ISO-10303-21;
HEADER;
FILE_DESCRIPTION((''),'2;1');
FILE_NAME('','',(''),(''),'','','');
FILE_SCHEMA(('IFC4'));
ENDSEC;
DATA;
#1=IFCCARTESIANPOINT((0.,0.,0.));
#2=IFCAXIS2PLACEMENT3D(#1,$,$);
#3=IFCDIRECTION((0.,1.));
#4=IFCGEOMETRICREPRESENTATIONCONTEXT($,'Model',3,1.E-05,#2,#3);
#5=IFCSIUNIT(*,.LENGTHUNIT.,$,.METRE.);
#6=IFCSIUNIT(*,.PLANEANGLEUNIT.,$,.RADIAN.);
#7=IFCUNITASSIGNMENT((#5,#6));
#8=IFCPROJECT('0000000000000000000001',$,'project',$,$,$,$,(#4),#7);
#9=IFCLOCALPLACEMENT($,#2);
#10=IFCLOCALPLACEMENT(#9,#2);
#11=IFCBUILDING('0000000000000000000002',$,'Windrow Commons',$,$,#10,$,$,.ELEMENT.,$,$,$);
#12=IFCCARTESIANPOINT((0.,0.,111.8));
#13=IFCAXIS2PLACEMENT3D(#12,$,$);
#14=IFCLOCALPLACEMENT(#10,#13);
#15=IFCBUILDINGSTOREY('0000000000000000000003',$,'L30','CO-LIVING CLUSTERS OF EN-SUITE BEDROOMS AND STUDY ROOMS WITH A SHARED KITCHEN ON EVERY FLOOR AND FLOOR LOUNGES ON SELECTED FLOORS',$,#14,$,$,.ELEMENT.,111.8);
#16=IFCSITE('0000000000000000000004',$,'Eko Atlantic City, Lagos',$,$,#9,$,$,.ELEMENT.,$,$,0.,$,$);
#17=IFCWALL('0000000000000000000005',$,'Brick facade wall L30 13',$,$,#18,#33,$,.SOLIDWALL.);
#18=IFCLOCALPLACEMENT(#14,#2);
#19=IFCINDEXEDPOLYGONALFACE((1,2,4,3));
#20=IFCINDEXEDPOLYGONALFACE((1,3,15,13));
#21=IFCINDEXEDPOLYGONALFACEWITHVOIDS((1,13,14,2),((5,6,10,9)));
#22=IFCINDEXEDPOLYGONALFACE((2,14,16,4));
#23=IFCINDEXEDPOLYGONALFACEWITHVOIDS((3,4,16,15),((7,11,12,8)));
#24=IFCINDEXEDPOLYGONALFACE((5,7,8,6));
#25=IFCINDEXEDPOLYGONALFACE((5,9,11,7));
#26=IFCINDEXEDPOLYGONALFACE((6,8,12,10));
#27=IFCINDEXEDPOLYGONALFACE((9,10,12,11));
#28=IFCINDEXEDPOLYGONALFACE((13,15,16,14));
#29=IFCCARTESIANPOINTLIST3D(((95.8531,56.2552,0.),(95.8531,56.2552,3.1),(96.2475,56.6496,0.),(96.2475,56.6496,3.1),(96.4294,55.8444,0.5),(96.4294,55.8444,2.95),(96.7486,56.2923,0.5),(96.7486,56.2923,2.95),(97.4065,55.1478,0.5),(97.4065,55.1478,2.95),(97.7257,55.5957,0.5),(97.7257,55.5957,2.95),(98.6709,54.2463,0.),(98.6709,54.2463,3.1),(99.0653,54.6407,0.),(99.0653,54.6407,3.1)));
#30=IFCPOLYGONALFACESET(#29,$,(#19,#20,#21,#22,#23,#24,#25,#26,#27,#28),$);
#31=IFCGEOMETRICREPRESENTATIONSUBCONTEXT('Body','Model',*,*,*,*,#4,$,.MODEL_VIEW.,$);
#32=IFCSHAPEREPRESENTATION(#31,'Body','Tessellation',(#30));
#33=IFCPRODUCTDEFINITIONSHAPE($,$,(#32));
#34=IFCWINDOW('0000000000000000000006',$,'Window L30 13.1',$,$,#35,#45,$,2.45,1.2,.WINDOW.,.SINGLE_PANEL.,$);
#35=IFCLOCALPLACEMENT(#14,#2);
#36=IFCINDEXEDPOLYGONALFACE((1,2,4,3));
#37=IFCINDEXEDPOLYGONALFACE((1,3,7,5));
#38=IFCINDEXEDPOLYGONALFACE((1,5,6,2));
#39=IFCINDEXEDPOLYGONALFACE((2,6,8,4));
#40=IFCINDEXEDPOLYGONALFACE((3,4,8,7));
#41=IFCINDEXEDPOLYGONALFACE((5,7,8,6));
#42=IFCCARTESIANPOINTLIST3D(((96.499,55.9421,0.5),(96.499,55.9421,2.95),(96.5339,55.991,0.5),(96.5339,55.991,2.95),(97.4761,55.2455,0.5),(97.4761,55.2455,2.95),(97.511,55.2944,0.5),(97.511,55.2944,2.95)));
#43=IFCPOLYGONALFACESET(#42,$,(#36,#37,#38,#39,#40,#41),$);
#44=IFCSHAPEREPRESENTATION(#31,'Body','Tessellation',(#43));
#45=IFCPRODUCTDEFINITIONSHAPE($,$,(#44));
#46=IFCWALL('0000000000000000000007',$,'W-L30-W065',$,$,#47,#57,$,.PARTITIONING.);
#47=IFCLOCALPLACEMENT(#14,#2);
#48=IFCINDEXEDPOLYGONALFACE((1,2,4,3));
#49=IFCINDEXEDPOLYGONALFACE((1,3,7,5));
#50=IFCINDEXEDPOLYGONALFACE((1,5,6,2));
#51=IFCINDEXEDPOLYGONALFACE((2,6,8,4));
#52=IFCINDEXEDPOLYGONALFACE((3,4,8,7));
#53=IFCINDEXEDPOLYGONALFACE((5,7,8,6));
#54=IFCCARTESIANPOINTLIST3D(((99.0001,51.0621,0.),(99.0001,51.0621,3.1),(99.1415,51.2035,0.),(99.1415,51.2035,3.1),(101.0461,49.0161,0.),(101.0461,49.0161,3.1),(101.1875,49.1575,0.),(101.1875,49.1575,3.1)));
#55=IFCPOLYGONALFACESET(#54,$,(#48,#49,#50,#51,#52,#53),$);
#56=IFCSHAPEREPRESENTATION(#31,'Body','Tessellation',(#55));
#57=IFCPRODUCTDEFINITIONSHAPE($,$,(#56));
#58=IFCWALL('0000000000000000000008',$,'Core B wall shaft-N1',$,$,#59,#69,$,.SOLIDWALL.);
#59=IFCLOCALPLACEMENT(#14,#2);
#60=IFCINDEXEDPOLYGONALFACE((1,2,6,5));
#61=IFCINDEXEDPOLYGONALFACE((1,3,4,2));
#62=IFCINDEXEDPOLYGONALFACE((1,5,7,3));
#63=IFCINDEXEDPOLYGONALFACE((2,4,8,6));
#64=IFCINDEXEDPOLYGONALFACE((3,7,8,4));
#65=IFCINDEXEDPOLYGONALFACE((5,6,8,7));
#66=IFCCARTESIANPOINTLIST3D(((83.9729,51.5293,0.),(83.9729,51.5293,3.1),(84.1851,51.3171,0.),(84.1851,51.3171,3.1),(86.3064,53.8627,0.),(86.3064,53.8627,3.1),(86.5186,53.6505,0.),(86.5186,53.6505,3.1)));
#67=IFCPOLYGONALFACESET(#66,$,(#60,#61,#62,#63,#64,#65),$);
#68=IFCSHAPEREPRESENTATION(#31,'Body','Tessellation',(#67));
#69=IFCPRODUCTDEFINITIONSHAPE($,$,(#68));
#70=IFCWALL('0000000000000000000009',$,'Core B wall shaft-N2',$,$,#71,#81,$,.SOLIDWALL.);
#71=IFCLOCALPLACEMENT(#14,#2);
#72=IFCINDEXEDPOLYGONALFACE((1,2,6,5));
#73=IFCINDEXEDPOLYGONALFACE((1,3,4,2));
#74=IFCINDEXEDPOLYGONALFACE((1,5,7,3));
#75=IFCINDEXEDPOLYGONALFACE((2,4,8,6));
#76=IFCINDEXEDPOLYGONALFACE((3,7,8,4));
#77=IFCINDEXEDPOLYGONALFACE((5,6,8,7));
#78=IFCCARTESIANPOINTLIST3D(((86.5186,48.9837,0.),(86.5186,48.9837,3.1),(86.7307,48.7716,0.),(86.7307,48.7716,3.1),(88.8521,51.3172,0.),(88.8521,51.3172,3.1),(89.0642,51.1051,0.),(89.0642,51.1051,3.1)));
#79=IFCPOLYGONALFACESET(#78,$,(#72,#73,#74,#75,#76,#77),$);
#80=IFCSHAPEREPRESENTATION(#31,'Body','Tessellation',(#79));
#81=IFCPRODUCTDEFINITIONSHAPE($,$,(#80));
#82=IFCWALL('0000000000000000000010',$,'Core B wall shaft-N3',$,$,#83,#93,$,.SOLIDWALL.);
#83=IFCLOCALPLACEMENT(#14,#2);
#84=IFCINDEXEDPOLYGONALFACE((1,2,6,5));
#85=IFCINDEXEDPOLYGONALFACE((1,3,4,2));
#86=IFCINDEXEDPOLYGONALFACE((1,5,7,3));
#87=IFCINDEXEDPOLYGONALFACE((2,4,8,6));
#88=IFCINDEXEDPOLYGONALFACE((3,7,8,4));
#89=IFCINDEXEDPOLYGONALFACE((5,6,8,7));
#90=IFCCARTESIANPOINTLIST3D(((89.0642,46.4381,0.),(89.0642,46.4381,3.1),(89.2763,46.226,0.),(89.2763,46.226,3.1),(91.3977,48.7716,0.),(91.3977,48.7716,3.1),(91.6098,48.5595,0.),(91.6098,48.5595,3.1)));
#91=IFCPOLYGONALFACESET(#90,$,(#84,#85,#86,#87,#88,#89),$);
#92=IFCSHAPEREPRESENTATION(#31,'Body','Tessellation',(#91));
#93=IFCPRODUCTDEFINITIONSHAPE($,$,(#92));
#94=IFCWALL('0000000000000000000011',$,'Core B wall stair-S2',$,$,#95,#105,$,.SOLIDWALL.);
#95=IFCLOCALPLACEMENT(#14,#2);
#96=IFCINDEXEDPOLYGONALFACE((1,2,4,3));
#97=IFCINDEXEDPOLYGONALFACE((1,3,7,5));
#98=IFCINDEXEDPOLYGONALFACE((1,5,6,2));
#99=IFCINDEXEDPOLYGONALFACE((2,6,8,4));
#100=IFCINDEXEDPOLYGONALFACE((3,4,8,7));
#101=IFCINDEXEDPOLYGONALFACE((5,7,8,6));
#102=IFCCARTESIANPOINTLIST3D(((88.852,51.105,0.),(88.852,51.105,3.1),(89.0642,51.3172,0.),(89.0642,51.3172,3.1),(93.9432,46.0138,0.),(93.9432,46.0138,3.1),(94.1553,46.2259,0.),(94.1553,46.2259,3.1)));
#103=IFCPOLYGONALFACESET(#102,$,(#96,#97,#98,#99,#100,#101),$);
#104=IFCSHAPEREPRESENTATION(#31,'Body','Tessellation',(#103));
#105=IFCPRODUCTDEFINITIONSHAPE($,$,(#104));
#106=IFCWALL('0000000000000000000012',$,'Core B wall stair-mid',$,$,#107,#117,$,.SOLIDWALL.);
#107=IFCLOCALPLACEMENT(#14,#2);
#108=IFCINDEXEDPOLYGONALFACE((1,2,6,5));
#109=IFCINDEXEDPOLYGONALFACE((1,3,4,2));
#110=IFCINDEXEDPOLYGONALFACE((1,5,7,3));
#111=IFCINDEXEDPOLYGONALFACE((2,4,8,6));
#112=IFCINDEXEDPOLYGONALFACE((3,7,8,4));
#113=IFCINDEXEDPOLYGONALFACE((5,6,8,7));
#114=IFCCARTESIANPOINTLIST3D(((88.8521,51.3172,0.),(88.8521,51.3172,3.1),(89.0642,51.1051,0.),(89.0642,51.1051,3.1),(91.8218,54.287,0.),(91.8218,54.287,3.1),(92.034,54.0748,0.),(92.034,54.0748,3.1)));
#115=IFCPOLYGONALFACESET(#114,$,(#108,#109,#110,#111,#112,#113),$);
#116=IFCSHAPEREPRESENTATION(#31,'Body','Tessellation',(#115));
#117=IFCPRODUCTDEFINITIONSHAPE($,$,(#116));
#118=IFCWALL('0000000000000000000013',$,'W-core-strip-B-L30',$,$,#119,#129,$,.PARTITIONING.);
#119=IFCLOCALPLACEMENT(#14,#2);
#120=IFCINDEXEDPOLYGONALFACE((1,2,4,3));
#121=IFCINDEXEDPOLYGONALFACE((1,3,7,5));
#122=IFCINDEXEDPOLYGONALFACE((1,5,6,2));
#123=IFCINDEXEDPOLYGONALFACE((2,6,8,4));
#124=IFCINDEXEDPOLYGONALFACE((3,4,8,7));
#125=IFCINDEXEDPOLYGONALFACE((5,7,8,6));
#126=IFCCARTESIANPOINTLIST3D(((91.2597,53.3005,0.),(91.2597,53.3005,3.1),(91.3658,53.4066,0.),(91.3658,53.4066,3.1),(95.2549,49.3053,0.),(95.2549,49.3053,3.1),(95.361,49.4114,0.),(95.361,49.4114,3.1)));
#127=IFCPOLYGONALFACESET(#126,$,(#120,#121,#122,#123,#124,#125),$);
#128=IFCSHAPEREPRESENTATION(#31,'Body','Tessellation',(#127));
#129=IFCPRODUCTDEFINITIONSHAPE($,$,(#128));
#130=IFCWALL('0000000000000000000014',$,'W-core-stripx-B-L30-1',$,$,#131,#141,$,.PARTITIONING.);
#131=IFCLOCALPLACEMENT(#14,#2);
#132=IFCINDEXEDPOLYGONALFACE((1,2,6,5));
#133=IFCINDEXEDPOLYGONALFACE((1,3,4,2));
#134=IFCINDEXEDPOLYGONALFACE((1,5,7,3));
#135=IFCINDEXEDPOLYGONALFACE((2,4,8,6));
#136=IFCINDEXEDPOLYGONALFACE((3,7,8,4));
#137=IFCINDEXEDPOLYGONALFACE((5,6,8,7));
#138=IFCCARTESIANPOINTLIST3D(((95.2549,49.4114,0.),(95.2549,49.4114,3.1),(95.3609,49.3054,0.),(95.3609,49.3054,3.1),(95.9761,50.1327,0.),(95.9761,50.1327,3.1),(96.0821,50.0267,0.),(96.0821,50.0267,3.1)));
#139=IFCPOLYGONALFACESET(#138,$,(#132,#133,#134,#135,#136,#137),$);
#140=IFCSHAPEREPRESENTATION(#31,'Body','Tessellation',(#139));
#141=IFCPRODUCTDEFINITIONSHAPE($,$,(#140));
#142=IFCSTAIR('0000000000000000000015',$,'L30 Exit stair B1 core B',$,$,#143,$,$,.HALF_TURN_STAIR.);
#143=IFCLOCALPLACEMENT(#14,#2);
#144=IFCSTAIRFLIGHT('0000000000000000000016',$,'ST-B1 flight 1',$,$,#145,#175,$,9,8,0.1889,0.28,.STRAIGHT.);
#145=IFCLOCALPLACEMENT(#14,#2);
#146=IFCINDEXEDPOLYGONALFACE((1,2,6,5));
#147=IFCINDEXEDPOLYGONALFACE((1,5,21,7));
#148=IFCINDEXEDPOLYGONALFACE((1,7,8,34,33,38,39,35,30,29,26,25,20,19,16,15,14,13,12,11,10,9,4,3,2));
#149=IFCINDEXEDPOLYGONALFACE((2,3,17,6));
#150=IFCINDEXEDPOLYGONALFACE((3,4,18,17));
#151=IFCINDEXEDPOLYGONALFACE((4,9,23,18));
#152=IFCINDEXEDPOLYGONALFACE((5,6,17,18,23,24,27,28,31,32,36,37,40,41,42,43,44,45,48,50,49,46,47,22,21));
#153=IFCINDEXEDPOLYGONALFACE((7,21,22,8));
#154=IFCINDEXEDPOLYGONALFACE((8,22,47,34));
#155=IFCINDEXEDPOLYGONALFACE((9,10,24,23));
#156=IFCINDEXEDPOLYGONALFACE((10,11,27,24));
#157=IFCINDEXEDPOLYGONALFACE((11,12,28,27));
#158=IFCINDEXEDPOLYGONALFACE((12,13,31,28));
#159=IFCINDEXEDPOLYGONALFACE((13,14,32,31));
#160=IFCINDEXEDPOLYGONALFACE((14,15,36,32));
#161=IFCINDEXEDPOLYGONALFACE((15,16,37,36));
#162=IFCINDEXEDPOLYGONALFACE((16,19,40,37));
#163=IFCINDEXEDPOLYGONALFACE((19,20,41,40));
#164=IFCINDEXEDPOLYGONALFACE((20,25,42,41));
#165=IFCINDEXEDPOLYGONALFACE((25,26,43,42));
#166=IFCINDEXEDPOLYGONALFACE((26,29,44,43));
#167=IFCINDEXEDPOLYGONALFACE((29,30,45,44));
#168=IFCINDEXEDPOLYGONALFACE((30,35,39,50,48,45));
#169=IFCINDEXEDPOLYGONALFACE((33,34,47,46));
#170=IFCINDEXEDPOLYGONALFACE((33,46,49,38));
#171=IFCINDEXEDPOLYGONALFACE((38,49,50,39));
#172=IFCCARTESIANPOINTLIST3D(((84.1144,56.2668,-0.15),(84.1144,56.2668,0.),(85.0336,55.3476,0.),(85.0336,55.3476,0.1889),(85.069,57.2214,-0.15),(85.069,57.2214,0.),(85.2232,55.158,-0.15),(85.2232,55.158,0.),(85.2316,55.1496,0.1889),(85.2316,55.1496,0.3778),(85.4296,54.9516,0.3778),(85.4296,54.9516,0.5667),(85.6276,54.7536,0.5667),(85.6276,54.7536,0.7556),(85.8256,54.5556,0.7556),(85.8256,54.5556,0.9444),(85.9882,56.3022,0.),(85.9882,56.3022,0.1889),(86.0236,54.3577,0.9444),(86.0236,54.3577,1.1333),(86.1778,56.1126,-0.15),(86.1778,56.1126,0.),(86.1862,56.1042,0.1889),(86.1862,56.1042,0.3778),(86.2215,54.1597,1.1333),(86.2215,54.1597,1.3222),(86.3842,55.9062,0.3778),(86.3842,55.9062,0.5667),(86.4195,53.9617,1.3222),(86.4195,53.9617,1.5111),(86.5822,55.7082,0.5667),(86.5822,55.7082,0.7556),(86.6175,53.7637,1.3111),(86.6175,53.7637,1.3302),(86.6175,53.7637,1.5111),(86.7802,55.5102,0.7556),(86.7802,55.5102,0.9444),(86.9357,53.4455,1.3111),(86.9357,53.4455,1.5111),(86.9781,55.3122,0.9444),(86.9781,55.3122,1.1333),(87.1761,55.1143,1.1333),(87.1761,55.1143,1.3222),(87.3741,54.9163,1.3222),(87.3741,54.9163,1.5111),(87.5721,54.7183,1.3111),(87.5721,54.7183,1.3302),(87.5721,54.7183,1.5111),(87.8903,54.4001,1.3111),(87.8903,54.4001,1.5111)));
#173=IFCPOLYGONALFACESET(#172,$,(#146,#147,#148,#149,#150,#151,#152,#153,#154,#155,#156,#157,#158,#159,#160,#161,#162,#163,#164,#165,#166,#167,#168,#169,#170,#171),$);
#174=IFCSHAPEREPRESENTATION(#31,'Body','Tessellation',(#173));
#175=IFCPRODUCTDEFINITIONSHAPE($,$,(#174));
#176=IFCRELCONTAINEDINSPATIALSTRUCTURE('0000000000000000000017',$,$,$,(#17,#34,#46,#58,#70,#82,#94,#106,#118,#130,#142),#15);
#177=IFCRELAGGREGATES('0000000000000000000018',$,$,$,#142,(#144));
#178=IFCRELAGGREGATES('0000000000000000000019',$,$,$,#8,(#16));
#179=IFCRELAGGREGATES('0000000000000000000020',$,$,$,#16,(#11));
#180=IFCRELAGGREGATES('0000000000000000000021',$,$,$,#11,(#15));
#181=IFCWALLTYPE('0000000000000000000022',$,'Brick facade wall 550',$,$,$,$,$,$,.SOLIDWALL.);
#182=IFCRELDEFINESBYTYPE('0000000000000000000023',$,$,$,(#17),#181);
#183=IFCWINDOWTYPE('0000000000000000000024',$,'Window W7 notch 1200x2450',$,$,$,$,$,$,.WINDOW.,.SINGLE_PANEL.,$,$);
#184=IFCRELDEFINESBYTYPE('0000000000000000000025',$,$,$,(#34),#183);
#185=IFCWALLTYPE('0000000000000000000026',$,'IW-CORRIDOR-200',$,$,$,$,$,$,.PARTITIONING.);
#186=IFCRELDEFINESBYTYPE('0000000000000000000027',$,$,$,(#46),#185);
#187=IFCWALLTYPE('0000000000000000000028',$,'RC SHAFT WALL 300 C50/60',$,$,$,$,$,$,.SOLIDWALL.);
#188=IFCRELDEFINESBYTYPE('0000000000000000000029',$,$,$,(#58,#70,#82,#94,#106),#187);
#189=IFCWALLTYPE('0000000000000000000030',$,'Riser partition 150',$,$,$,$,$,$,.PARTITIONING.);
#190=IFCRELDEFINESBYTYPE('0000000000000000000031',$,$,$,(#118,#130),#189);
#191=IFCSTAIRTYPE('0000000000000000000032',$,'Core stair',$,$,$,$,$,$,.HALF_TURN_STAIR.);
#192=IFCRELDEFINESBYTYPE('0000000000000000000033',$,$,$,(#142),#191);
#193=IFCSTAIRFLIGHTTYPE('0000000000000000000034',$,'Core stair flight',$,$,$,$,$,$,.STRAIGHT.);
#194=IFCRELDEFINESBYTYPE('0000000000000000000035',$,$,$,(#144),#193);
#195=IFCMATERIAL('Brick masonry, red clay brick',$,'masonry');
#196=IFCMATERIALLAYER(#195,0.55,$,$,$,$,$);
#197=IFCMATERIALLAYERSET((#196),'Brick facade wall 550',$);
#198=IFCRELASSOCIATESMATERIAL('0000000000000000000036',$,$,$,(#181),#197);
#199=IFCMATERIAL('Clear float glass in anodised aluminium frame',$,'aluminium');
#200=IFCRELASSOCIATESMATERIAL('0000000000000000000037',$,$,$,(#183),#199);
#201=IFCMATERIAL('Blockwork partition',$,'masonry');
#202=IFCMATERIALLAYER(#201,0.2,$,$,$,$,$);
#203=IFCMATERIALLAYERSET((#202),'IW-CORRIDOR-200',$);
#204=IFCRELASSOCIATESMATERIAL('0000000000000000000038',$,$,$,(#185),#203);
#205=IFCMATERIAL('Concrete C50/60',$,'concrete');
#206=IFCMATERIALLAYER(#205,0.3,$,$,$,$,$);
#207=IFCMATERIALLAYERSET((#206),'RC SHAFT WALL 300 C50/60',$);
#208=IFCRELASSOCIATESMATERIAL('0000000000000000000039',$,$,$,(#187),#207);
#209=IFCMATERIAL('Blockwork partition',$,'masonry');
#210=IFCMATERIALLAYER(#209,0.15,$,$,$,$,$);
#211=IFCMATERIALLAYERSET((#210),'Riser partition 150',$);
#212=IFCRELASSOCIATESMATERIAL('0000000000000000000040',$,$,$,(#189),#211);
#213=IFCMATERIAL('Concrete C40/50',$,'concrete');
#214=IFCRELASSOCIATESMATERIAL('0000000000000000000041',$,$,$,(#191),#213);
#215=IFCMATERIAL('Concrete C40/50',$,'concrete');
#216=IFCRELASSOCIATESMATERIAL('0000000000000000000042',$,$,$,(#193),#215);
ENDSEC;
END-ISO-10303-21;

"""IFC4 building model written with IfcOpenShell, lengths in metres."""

from ifc_helpers import new_model, si_unit, direction, frame, frame_2d, origin, place, context, subcontext, project, spatial, polyline, rectangle, outline, extrude, material, layer, layer_set, type_object, element, fill, aggregate, save


model = new_model("IFC4")

# Units and contexts
model_context = context("Model", 3, precision=1e-05, world=origin(), true_north=direction((0.0, 1.0)))
body_context = subcontext(model_context, "Body", "Model", "MODEL_VIEW")
ifc_project = project(units=[si_unit("LENGTHUNIT", "METRE"), si_unit("PLANEANGLEUNIT", "RADIAN")], contexts=[model_context])

# Site, building, storey
site_placement = place(None, origin())
site = spatial("IfcSite", under=ifc_project, at=site_placement, Name="Eko Atlantic City, Lagos", CompositionType="ELEMENT", RefElevation=0.0)
building_placement = place(site_placement, origin())
building = spatial("IfcBuilding", under=site, at=building_placement, Name="Windrow Commons", CompositionType="ELEMENT")
storey_placement = place(building_placement, frame((0.0, 0.0, 111.8)))
storey = spatial("IfcBuildingStorey", under=building, at=storey_placement, Name="L30", Description="CO-LIVING CLUSTERS OF EN-SUITE BEDROOMS AND STUDY ROOMS WITH A SHARED KITCHEN ON EVERY FLOOR AND FLOOR LOUNGES ON SELECTED FLOORS", CompositionType="ELEMENT", Elevation=111.8)

# Wall, opening, window
ifc_material_1 = material(Name="Brick masonry, red clay brick", Category="masonry")
ifc_layer_1 = layer(ifc_material_1, 0.55)
ifc_layer_set_1 = layer_set([ifc_layer_1], Name="Brick facade wall 550")
wall_type_1 = type_object("IfcWallType", Name="Brick facade wall 550", PredefinedType="SOLIDWALL", material=ifc_layer_set_1)
ifc_material_2 = material(Name="Clear float glass in anodised aluminium frame", Category="aluminium")
window_type = type_object("IfcWindowType", Name="Window W7 notch 1200x2450", PartitioningType="SINGLE_PANEL", PredefinedType="WINDOW", material=ifc_material_2)
wall_1_placement = place(storey_placement, frame((98.8681, 54.4435, 0.0), z_axis=(0.0, 0.0, 1.0), x_axis=(-0.814254, 0.580508, 0.0)))
wall_1 = element("IfcWall", 1, at=wall_1_placement, inside=storey, type_object=wall_type_1, Name="Brick facade wall L30 13", PredefinedType="SOLIDWALL", context=body_context, shape_type="SweptSolid", body=[
    extrude(outline(polyline([(-0.0461, -0.275), (3.4145, -0.275), (3.5067, 0.275), (0.0461, 0.275), (-0.0461, -0.275)])), origin(), (0.0, 0.0, 1.0), 3.1),
])
opening_1_placement = place(wall_1_placement, frame((1.599, 0.0, 0.5)))
opening_1 = element("IfcOpeningElement", 2, at=opening_1_placement, cuts=wall_1, PredefinedType="OPENING", context=body_context, shape_type="SweptSolid", body=[
    extrude(rectangle(XDim=1.2, YDim=2.45, at=frame_2d((0.6, 1.225))), frame((0.0, 0.285, 0.0), z_axis=(0.0, -1.0, 0.0), x_axis=(1.0, 0.0, 0.0)), (0.0, 0.0, 1.0), 0.57),
])
window_1_placement = place(opening_1_placement, origin())
window_1 = element("IfcWindow", 3, at=window_1_placement, inside=storey, type_object=window_type, Name="Window L30 13.1", OverallHeight=2.45, OverallWidth=1.2, PartitioningType="SINGLE_PANEL", PredefinedType="WINDOW", context=body_context, shape_type="SweptSolid", body=[
    extrude(rectangle(XDim=1.2, YDim=2.45, at=frame_2d((0.6, 1.225))), frame((0.0, 0.155, 0.0), z_axis=(0.0, -1.0, 0.0), x_axis=(1.0, 0.0, 0.0)), (0.0, 0.0, 1.0), 0.06),
])
fill(opening_1, window_1)

# Walls
ifc_material_3 = material(Name="Blockwork partition", Category="masonry")
ifc_layer_2 = layer(ifc_material_3, 0.2)
ifc_layer_set_2 = layer_set([ifc_layer_2], Name="IW-CORRIDOR-200")
wall_type_2 = type_object("IfcWallType", Name="IW-CORRIDOR-200", PredefinedType="PARTITIONING", material=ifc_layer_set_2)
wall_2_placement = place(storey_placement, frame((99.0708, 51.1328, 0.0), z_axis=(0.0, 0.0, 1.0), x_axis=(0.707107, -0.707107, 0.0)))
element("IfcWall", 4, at=wall_2_placement, inside=storey, type_object=wall_type_2, Name="W-L30-W065", PredefinedType="PARTITIONING", context=body_context, shape_type="SweptSolid", body=[
    extrude(rectangle(XDim=2.8935, YDim=0.2, at=frame_2d((1.4467, 0.0))), origin(), (0.0, 0.0, 1.0), 3.1),
])
ifc_material_4 = material(Name="Concrete C50/60", Category="concrete")
ifc_layer_3 = layer(ifc_material_4, 0.3)
ifc_layer_set_3 = layer_set([ifc_layer_3], Name="RC SHAFT WALL 300 C50/60")
wall_type_3 = type_object("IfcWallType", Name="RC SHAFT WALL 300 C50/60", PredefinedType="SOLIDWALL", material=ifc_layer_set_3)
wall_3_placement = place(storey_placement, frame((84.079, 51.4232, 0.0), z_axis=(0.0, 0.0, 1.0), x_axis=(0.707122, 0.707092, 0.0)))
element("IfcWall", 5, at=wall_3_placement, inside=storey, type_object=wall_type_3, Name="Core B wall shaft-N1", PredefinedType="SOLIDWALL", context=body_context, shape_type="SweptSolid", body=[
    extrude(rectangle(XDim=3.3, YDim=0.3, at=frame_2d((1.65, 0.0))), origin(), (0.0, 0.0, 1.0), 3.1),
])
for number, where, z_axis, x_axis, name in (
    (6, (86.6246, 48.8776, 0.0), (0.0, 0.0, 1.0), (0.707107, 0.707107, 0.0), "Core B wall shaft-N2"),
    (7, (89.1702, 46.332, 0.0), (0.0, 0.0, 1.0), (0.707107, 0.707107, 0.0), "Core B wall shaft-N3"),
):
    element("IfcWall", number, at=place(storey_placement, frame(where, z_axis=z_axis, x_axis=x_axis)), inside=storey, type_object=wall_type_3, Name=name, PredefinedType="SOLIDWALL", context=body_context, shape_type="SweptSolid", body=[
        extrude(rectangle(XDim=3.3001, YDim=0.3, at=frame_2d((1.6501, 0.0))), origin(), (0.0, 0.0, 1.0), 3.1),
    ])
wall_4_placement = place(storey_placement, frame((88.9581, 51.2111, 0.0), z_axis=(0.0, 0.0, 1.0), x_axis=(0.7071, -0.707114, 0.0)))
element("IfcWall", 8, at=wall_4_placement, inside=storey, type_object=wall_type_3, Name="Core B wall stair-S2", PredefinedType="SOLIDWALL", context=body_context, shape_type="SweptSolid", body=[
    extrude(rectangle(XDim=7.2, YDim=0.3, at=frame_2d((3.6, 0.0))), origin(), (0.0, 0.0, 1.0), 3.1),
])
wall_5_placement = place(storey_placement, frame((88.9581, 51.2111, 0.0), z_axis=(0.0, 0.0, 1.0), x_axis=(0.707107, 0.707107, 0.0)))
element("IfcWall", 9, at=wall_5_placement, inside=storey, type_object=wall_type_3, Name="Core B wall stair-mid", PredefinedType="SOLIDWALL", context=body_context, shape_type="SweptSolid", body=[
    extrude(rectangle(XDim=4.1999, YDim=0.3, at=frame_2d((2.1, 0.0))), origin(), (0.0, 0.0, 1.0), 3.1),
])
ifc_material_5 = material(Name="Blockwork partition", Category="masonry")
ifc_layer_4 = layer(ifc_material_5, 0.15)
ifc_layer_set_4 = layer_set([ifc_layer_4], Name="Riser partition 150")
wall_type_4 = type_object("IfcWallType", Name="Riser partition 150", PredefinedType="PARTITIONING", material=ifc_layer_set_4)
wall_6_placement = place(storey_placement, frame((91.3127, 53.3536, 0.0), z_axis=(0.0, 0.0, 1.0), x_axis=(0.707107, -0.707107, 0.0)))
element("IfcWall", 10, at=wall_6_placement, inside=storey, type_object=wall_type_4, Name="W-core-strip-B-L30", PredefinedType="PARTITIONING", context=body_context, shape_type="SweptSolid", body=[
    extrude(rectangle(XDim=5.6501, YDim=0.15, at=frame_2d((2.8251, 0.0))), origin(), (0.0, 0.0, 1.0), 3.1),
])
wall_7_placement = place(storey_placement, frame((95.3079, 49.3584, 0.0), z_axis=(0.0, 0.0, 1.0), x_axis=(0.707058, 0.707156, 0.0)))
element("IfcWall", 11, at=wall_7_placement, inside=storey, type_object=wall_type_4, Name="W-core-stripx-B-L30-1", PredefinedType="PARTITIONING", context=body_context, shape_type="SweptSolid", body=[
    extrude(rectangle(XDim=1.02, YDim=0.15, at=frame_2d((0.51, 0.0))), origin(), (0.0, 0.0, 1.0), 3.1),
])

# Stair, stair flight
ifc_material_6 = material(Name="Concrete C40/50", Category="concrete")
stair_type = type_object("IfcStairType", Name="Core stair", PredefinedType="HALF_TURN_STAIR", material=ifc_material_6)
placement = place(storey_placement, origin())
stair_1 = element("IfcStair", 12, at=placement, inside=storey, type_object=stair_type, Name="L30 Exit stair B1 core B", PredefinedType="HALF_TURN_STAIR")
ifc_material_7 = material(Name="Concrete C40/50", Category="concrete")
stair_flight_type = type_object("IfcStairFlightType", Name="Core stair flight", PredefinedType="STRAIGHT", material=ifc_material_7)
stair_flight_1_placement = place(storey_placement, frame((85.5109, 55.8249, 0.0), z_axis=(0.0, 0.0, 1.0), x_axis=(0.707107, -0.707107, 0.0)))
stair_flight_1 = element("IfcStairFlight", 13, at=stair_flight_1_placement, type_object=stair_flight_type, Name="ST-B1 flight 1", NumberOfRisers=9, NumberOfTreads=8, PredefinedType="STRAIGHT", RiserHeight=0.1889, TreadLength=0.28, context=body_context, shape_type="SweptSolid", body=[
    extrude(outline(polyline([(-1.3, -0.15), (-1.3, 0.0), (0.0, 0.0), (0.0, 0.1889), (0.28, 0.1889), (0.28, 0.3778), (0.56, 0.3778), (0.56, 0.5667), (0.84, 0.5667), (0.84, 0.7556), (1.12, 0.7556), (1.12, 0.9444), (1.4, 0.9444), (1.4, 1.1333), (1.68, 1.1333), (1.68, 1.3222), (1.96, 1.3222), (1.96, 1.5111), (2.24, 1.5111), (2.69, 1.5111), (2.69, 1.3111), (2.24, 1.3111), (2.24, 1.3302), (0.2682, 0.0), (0.2682, -0.15), (-1.3, -0.15)])), frame((0.0, 0.675, 0.0), z_axis=(0.0, -1.0, 0.0), x_axis=(1.0, 0.0, 0.0)), (0.0, 0.0, 1.0), 1.35),
])
aggregate(stair_1, [stair_flight_1])

save(model, "model.ifc")
